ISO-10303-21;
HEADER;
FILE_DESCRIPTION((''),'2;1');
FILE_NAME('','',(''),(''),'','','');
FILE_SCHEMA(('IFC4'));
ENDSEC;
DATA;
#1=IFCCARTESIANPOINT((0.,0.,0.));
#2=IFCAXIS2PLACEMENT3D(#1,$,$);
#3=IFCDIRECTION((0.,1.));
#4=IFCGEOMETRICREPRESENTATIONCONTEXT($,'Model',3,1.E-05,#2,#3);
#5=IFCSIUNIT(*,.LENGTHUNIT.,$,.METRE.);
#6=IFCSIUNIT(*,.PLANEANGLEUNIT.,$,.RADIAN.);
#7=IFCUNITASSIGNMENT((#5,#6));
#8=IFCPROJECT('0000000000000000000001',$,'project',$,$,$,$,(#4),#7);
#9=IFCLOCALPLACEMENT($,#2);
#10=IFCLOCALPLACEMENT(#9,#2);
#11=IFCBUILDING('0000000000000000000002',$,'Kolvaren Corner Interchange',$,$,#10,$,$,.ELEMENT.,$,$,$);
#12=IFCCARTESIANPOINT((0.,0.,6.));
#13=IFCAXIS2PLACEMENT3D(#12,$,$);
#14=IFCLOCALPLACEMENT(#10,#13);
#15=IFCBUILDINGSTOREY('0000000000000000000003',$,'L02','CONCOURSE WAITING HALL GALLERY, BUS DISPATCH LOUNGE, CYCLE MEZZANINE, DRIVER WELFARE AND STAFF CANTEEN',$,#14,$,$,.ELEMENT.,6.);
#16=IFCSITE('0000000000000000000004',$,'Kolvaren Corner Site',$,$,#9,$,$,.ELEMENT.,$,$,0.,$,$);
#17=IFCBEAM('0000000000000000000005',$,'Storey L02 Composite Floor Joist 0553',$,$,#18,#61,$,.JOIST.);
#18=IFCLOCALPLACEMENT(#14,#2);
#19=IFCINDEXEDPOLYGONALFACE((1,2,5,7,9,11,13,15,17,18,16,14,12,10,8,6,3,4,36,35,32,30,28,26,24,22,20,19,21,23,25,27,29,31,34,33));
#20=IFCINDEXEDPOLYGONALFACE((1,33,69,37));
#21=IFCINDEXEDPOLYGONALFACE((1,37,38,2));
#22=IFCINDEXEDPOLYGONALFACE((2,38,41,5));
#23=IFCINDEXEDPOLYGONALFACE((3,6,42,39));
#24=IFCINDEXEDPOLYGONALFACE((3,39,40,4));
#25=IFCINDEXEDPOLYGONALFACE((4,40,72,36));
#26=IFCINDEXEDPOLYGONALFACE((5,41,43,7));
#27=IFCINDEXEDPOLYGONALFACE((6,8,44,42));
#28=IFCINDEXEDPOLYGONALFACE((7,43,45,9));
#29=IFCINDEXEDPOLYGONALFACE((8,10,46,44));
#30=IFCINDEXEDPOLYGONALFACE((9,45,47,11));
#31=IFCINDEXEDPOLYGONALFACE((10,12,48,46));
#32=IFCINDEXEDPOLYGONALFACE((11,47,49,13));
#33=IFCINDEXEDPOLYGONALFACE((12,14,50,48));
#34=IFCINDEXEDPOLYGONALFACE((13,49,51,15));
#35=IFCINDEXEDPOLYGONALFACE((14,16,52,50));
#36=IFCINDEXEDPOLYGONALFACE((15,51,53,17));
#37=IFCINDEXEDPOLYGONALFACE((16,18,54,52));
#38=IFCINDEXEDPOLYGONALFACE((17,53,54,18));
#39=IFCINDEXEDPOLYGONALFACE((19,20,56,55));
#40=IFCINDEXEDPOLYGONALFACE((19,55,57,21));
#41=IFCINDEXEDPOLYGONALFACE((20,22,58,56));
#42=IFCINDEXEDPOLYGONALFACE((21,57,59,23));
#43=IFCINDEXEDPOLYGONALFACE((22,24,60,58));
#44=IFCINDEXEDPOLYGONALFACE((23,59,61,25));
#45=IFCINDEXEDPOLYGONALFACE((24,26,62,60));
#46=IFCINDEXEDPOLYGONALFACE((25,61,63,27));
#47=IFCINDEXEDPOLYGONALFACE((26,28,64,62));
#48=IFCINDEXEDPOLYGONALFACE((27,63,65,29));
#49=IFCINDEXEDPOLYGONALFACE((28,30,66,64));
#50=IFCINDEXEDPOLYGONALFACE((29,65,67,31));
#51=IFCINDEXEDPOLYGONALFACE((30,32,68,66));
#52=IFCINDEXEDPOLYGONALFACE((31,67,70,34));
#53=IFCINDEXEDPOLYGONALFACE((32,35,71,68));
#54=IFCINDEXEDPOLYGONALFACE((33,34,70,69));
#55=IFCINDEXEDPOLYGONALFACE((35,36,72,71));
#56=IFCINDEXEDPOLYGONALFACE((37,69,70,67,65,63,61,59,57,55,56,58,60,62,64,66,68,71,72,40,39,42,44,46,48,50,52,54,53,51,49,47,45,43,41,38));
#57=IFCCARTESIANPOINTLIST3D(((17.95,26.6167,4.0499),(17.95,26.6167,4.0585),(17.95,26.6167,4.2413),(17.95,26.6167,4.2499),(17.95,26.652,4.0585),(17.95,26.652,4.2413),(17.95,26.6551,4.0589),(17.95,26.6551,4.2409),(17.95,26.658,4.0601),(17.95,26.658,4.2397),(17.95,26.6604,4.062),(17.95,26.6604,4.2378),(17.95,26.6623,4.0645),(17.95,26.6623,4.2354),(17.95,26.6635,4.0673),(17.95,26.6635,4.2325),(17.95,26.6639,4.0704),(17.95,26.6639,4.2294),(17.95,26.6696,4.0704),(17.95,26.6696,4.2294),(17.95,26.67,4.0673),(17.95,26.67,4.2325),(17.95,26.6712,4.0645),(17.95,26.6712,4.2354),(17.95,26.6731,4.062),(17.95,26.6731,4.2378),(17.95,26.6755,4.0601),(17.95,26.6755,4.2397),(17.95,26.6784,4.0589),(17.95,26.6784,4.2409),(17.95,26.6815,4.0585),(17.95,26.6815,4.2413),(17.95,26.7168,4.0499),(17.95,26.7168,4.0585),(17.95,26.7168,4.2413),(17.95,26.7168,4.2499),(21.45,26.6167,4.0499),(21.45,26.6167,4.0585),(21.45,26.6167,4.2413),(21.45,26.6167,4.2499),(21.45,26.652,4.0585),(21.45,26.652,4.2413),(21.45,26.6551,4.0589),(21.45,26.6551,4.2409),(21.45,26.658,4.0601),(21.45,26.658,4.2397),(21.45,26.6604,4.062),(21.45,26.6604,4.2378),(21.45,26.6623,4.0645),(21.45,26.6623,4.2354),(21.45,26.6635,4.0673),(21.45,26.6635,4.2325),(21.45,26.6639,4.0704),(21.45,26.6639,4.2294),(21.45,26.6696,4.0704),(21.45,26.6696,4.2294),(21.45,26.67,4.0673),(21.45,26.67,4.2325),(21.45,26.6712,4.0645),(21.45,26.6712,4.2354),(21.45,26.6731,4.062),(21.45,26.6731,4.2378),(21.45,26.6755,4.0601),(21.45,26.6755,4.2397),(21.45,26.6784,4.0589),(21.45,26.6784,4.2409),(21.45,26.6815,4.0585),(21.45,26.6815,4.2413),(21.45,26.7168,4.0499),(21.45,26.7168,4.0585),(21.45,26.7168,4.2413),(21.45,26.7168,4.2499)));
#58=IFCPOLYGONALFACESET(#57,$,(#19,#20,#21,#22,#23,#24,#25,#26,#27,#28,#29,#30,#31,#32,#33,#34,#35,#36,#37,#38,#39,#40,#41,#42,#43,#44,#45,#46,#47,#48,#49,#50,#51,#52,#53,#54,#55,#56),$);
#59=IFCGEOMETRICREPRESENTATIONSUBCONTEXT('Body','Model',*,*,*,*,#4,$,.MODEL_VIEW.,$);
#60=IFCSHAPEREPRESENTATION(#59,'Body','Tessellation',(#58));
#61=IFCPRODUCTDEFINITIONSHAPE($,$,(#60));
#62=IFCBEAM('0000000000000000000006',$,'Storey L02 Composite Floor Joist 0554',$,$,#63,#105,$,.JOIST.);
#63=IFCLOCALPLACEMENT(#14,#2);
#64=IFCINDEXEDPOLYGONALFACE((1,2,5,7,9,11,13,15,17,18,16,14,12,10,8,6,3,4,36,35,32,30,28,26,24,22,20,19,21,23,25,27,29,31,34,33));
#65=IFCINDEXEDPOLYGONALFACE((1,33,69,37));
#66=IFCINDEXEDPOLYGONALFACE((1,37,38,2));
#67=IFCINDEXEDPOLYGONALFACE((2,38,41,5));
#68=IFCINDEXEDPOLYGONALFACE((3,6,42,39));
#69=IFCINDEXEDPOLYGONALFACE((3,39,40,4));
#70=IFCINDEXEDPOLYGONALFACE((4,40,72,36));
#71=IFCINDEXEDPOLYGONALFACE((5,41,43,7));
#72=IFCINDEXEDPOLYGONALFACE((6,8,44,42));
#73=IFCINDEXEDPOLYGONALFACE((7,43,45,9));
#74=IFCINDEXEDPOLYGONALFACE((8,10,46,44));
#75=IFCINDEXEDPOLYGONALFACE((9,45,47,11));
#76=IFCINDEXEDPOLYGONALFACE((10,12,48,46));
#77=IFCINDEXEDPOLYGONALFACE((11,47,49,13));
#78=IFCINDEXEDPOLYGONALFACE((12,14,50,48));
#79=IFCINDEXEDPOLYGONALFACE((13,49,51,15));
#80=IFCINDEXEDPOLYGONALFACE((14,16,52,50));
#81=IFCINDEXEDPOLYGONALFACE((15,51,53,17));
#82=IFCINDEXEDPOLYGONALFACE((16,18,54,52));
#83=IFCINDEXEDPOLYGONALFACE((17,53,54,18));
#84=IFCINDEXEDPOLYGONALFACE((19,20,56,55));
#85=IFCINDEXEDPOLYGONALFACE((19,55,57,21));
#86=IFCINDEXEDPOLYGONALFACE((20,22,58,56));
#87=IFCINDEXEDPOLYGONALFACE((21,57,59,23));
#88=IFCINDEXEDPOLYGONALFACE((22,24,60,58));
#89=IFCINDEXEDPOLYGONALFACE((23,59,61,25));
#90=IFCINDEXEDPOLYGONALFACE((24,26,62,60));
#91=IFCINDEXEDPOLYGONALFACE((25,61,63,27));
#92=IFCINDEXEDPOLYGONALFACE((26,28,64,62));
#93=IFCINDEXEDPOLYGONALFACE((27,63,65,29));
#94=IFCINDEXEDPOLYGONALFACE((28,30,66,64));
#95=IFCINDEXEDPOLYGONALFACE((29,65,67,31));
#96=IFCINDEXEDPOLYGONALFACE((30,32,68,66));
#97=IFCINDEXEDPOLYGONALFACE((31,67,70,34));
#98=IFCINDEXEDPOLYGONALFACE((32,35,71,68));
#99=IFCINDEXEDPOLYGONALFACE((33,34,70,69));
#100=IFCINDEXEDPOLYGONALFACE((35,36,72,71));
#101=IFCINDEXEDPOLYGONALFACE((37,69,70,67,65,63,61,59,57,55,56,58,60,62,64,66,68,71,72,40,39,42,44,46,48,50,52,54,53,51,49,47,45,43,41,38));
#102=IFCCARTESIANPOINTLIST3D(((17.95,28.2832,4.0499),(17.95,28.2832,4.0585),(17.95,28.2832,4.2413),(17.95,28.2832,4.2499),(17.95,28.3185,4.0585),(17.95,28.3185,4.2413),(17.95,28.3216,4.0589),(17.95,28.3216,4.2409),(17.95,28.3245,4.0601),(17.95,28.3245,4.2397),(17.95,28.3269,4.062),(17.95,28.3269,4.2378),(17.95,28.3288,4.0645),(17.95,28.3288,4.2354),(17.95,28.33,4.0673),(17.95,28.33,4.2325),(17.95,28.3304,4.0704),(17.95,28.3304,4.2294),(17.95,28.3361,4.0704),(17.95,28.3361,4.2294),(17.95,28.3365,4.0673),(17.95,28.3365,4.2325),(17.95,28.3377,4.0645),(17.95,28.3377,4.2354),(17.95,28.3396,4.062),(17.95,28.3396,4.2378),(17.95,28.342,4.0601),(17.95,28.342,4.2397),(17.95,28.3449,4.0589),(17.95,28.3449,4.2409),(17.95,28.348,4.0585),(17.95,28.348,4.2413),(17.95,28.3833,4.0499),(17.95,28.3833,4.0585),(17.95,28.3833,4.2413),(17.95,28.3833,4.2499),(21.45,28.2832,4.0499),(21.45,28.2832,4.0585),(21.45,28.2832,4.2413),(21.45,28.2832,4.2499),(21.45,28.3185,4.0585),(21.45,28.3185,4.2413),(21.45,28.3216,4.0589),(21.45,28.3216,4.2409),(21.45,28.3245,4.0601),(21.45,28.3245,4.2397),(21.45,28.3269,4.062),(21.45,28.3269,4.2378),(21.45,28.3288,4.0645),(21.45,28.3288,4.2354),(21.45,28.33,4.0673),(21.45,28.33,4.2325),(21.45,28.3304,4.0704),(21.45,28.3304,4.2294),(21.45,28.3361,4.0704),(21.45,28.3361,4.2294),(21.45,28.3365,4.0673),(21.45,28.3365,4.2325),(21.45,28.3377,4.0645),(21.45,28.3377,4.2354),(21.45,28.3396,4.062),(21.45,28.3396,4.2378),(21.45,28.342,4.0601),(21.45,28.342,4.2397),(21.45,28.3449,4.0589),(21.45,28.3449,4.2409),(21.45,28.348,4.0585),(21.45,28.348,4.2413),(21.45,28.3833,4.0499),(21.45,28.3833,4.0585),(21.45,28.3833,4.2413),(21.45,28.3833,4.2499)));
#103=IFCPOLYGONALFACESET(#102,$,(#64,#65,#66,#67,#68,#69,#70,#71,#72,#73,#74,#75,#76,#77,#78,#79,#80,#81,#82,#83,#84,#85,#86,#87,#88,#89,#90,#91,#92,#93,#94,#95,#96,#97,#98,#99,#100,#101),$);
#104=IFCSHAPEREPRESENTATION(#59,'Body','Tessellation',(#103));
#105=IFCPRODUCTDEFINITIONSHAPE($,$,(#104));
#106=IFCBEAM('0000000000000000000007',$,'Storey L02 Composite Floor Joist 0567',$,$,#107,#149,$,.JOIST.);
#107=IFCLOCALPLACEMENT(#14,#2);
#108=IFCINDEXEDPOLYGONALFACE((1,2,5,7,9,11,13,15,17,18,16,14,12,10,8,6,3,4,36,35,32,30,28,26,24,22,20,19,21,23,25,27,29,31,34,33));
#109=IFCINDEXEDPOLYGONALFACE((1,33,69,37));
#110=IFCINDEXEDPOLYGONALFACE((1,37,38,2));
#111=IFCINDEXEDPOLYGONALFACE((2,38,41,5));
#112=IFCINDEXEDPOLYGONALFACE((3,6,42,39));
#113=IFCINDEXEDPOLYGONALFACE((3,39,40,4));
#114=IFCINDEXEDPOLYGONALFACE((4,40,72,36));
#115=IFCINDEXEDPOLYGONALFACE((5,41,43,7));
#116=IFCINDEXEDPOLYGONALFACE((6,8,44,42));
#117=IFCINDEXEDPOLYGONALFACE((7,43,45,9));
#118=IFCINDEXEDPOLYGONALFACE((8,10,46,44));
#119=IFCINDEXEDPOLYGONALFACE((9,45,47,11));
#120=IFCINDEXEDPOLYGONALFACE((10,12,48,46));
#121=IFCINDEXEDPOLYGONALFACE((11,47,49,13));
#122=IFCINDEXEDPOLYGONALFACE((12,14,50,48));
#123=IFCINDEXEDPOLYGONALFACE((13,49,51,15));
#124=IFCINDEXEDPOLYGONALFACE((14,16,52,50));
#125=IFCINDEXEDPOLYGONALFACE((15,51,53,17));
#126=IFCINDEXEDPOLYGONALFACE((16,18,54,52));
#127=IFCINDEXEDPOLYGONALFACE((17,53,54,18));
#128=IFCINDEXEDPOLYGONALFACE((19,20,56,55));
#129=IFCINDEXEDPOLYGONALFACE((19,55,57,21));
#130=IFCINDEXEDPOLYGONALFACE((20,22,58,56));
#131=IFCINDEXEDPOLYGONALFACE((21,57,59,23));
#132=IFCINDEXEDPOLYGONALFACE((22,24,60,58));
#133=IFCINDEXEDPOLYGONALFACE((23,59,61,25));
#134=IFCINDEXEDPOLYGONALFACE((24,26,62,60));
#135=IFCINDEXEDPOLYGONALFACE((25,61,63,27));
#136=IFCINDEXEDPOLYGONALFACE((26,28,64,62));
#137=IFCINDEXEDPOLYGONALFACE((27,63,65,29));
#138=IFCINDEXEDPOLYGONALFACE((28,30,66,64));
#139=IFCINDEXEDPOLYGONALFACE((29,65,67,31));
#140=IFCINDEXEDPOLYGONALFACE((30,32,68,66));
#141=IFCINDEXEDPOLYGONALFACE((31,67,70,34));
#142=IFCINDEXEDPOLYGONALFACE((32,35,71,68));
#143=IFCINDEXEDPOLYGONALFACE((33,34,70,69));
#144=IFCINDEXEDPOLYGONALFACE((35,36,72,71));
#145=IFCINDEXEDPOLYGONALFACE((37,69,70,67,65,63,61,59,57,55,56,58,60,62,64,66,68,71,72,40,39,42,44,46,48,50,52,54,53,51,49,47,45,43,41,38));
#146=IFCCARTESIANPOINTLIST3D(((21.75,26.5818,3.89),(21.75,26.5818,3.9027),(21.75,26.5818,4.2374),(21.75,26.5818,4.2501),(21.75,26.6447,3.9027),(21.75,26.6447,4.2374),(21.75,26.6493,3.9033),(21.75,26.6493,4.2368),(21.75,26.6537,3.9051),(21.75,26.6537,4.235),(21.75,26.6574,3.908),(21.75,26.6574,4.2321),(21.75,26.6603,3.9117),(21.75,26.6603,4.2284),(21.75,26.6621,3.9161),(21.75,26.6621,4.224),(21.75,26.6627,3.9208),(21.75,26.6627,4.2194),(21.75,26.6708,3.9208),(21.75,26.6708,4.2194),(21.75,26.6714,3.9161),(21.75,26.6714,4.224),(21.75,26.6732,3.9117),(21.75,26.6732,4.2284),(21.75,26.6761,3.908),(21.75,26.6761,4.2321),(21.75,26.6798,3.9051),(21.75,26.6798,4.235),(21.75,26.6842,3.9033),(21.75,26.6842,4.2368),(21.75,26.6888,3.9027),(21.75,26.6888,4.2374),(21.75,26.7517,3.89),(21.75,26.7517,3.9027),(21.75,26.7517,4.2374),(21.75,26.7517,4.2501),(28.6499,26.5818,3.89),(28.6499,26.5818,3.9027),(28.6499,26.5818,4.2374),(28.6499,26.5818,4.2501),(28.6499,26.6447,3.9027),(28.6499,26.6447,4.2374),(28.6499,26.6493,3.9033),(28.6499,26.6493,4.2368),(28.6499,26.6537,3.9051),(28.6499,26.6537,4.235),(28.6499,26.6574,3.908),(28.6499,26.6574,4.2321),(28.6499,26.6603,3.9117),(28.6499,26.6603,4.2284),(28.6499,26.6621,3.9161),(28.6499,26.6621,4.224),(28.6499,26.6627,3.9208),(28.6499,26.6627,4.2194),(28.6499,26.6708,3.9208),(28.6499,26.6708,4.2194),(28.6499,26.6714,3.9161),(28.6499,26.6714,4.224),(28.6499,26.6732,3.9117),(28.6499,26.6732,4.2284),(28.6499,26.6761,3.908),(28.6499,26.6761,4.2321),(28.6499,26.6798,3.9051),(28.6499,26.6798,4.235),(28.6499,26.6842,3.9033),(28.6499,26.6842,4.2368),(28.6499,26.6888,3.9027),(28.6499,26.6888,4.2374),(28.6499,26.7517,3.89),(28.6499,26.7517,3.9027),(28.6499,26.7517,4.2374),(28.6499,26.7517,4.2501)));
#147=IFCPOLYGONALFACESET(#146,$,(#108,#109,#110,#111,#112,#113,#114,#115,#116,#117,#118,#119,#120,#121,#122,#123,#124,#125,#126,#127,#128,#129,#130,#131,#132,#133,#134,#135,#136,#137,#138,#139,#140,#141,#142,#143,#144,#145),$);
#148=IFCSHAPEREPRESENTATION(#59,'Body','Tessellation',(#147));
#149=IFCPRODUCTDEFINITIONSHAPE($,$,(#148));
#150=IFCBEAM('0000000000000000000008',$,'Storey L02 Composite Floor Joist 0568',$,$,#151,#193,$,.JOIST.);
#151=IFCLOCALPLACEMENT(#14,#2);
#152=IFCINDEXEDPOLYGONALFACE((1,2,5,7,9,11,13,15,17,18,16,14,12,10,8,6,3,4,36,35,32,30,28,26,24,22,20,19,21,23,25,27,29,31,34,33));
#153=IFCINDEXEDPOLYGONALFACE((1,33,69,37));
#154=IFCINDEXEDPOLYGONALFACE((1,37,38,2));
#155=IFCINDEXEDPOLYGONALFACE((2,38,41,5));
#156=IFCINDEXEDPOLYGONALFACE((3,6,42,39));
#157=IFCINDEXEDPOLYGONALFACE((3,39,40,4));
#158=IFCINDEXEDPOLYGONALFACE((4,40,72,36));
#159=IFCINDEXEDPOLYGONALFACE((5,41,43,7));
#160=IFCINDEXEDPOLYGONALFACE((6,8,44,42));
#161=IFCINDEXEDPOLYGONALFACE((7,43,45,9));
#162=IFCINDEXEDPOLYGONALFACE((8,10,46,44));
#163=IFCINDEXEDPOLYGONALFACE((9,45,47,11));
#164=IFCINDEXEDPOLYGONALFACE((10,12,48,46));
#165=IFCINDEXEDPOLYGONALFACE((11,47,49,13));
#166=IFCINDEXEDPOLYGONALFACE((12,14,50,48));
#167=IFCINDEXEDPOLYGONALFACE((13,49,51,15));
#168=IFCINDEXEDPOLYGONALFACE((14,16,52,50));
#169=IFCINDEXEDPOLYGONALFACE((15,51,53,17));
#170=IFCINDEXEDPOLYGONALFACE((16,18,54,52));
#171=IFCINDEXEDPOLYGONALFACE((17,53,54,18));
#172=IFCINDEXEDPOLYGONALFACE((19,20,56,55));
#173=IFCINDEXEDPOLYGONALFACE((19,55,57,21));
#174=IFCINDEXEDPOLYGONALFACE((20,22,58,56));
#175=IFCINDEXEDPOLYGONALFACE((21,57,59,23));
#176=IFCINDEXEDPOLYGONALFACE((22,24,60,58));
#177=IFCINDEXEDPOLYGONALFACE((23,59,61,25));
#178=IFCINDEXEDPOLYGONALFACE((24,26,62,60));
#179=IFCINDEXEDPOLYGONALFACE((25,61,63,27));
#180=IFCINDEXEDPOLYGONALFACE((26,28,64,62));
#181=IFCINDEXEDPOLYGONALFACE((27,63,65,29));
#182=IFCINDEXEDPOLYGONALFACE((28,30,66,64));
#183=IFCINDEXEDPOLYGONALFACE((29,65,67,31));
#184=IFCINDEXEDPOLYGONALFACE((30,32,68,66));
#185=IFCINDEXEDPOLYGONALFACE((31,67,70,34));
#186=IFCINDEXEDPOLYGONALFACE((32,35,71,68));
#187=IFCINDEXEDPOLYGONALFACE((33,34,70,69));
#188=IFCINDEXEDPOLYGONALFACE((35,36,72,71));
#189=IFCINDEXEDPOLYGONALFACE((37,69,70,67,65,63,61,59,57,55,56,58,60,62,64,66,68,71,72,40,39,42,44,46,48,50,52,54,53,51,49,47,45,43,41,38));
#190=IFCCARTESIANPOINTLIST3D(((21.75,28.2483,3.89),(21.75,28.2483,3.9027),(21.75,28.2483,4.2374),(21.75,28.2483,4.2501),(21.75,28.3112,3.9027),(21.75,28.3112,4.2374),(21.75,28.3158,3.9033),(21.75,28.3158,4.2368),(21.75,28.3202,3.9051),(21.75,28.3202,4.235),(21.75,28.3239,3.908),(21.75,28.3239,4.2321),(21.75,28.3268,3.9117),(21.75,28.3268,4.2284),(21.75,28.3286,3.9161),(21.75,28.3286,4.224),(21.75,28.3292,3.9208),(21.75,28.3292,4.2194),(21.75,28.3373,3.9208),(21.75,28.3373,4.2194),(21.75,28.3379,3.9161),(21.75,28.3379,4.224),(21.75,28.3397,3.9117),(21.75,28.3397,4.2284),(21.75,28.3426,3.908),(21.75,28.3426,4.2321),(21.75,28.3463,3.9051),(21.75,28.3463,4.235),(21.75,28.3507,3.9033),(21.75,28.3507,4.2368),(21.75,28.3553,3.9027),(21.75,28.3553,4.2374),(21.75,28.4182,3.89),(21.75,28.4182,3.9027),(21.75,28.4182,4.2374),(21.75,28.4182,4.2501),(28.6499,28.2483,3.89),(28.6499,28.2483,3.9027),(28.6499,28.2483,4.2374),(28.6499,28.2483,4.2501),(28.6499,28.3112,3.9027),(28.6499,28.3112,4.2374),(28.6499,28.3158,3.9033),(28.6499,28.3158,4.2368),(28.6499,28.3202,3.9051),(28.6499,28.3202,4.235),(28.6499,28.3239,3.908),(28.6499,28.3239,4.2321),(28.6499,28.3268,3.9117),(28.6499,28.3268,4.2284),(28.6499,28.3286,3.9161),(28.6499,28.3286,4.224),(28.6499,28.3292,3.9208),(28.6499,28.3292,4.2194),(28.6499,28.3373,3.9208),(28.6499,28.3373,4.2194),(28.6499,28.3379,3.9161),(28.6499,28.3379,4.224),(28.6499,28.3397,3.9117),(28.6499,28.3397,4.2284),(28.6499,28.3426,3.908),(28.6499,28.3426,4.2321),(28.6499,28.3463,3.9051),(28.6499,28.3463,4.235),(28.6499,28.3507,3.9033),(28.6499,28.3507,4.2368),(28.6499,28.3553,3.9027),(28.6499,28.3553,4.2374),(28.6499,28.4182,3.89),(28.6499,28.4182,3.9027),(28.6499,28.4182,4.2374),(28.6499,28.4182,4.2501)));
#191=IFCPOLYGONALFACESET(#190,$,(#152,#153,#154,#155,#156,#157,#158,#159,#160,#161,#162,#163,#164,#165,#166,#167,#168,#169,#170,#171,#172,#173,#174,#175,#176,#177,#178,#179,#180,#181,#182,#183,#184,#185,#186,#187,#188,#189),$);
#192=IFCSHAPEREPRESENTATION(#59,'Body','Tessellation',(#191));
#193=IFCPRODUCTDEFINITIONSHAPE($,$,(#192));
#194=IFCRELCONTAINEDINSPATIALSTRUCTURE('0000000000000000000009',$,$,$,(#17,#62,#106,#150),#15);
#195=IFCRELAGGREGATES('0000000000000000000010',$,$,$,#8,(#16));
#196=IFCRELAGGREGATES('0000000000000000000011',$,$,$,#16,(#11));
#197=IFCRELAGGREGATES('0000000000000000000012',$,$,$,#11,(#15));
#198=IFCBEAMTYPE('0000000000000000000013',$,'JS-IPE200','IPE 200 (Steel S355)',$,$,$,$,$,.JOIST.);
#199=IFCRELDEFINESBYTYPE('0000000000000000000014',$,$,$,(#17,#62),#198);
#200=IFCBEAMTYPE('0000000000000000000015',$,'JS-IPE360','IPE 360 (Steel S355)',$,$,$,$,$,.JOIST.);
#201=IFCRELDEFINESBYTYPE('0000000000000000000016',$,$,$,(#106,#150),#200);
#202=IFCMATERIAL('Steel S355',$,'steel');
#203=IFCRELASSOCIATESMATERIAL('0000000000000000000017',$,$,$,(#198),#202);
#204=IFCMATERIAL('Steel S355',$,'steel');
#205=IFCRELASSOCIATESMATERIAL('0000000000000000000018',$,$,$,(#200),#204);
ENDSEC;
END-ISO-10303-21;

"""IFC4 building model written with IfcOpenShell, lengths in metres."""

from ifc_helpers import new_model, si_unit, direction, frame, origin, origin_2d, place, context, subcontext, project, spatial, i_section, extrude, material, material_profile, profile_set, type_object, element, save


model = new_model("IFC4")

# Units and contexts
model_context = context("Model", 3, precision=1e-05, world=origin(), true_north=direction((0.0, 1.0)))
body_context = subcontext(model_context, "Body", "Model", "MODEL_VIEW")
ifc_project = project(units=[si_unit("LENGTHUNIT", "METRE"), si_unit("PLANEANGLEUNIT", "RADIAN")], contexts=[model_context])

# Site, building, storey
site_placement = place(None, origin())
site = spatial("IfcSite", under=ifc_project, at=site_placement, Name="Kolvaren Corner Site", CompositionType="ELEMENT", RefElevation=0.0)
building_placement = place(site_placement, origin())
building = spatial("IfcBuilding", under=site, at=building_placement, Name="Kolvaren Corner Interchange", CompositionType="ELEMENT")
storey_placement = place(building_placement, frame((0.0, 0.0, 6.0)))
storey = spatial("IfcBuildingStorey", under=building, at=storey_placement, Name="L02", Description="CONCOURSE WAITING HALL GALLERY, BUS DISPATCH LOUNGE, CYCLE MEZZANINE, DRIVER WELFARE AND STAFF CANTEEN", CompositionType="ELEMENT", Elevation=6.0)

# Beams
ifc_material_1 = material(Name="Steel S355", Category="steel")
ifc_material_profile_1 = material_profile(ifc_material_1, i_section(OverallWidth=0.1001, OverallDepth=0.2, WebThickness=0.0056, FlangeThickness=0.0085, FilletRadius=0.012, at=origin_2d()), Name="IPE 200")
ifc_profile_set_1 = profile_set([ifc_material_profile_1], Name="Steel S355")
beam_type_1 = type_object("IfcBeamType", Name="JS-IPE200", Description="IPE 200 (Steel S355)", PredefinedType="JOIST", material=ifc_profile_set_1)
for number, where, z_axis, x_axis, name in (
    (1, (17.95, 26.6667, 4.1499), (1.0, 0.0, 0.0), (0.0, 1.0, 0.0), "Storey L02 Composite Floor Joist 0553"),
    (2, (17.95, 28.3333, 4.1499), (1.0, 0.0, 0.0), (0.0, 1.0, 0.0), "Storey L02 Composite Floor Joist 0554"),
):
    element("IfcBeam", number, at=place(storey_placement, frame(where, z_axis=z_axis, x_axis=x_axis)), inside=storey, type_object=beam_type_1, Name=name, PredefinedType="JOIST", context=body_context, shape_type="SweptSolid", body=[
        extrude(i_section(OverallWidth=0.1001, OverallDepth=0.2, WebThickness=0.0056, FlangeThickness=0.0085, FilletRadius=0.012, at=origin_2d()), origin(), (0.0, 0.0, 1.0), 3.5),
    ])
ifc_material_2 = material(Name="Steel S355", Category="steel")
ifc_material_profile_2 = material_profile(ifc_material_2, i_section(OverallWidth=0.1699, OverallDepth=0.3601, WebThickness=0.0081, FlangeThickness=0.0127, FilletRadius=0.0181, at=origin_2d()), Name="IPE 360")
ifc_profile_set_2 = profile_set([ifc_material_profile_2], Name="Steel S355")
beam_type_2 = type_object("IfcBeamType", Name="JS-IPE360", Description="IPE 360 (Steel S355)", PredefinedType="JOIST", material=ifc_profile_set_2)
for number, where, z_axis, x_axis, name in (
    (3, (21.75, 26.6667, 4.0701), (1.0, 0.0, 0.0), (0.0, 1.0, 0.0), "Storey L02 Composite Floor Joist 0567"),
    (4, (21.75, 28.3333, 4.0701), (1.0, 0.0, 0.0), (0.0, 1.0, 0.0), "Storey L02 Composite Floor Joist 0568"),
):
    element("IfcBeam", number, at=place(storey_placement, frame(where, z_axis=z_axis, x_axis=x_axis)), inside=storey, type_object=beam_type_2, Name=name, PredefinedType="JOIST", context=body_context, shape_type="SweptSolid", body=[
        extrude(i_section(OverallWidth=0.1699, OverallDepth=0.3601, WebThickness=0.0081, FlangeThickness=0.0127, FilletRadius=0.0181, at=origin_2d()), origin(), (0.0, 0.0, 1.0), 6.8999),
    ])

save(model, "model.ifc")
